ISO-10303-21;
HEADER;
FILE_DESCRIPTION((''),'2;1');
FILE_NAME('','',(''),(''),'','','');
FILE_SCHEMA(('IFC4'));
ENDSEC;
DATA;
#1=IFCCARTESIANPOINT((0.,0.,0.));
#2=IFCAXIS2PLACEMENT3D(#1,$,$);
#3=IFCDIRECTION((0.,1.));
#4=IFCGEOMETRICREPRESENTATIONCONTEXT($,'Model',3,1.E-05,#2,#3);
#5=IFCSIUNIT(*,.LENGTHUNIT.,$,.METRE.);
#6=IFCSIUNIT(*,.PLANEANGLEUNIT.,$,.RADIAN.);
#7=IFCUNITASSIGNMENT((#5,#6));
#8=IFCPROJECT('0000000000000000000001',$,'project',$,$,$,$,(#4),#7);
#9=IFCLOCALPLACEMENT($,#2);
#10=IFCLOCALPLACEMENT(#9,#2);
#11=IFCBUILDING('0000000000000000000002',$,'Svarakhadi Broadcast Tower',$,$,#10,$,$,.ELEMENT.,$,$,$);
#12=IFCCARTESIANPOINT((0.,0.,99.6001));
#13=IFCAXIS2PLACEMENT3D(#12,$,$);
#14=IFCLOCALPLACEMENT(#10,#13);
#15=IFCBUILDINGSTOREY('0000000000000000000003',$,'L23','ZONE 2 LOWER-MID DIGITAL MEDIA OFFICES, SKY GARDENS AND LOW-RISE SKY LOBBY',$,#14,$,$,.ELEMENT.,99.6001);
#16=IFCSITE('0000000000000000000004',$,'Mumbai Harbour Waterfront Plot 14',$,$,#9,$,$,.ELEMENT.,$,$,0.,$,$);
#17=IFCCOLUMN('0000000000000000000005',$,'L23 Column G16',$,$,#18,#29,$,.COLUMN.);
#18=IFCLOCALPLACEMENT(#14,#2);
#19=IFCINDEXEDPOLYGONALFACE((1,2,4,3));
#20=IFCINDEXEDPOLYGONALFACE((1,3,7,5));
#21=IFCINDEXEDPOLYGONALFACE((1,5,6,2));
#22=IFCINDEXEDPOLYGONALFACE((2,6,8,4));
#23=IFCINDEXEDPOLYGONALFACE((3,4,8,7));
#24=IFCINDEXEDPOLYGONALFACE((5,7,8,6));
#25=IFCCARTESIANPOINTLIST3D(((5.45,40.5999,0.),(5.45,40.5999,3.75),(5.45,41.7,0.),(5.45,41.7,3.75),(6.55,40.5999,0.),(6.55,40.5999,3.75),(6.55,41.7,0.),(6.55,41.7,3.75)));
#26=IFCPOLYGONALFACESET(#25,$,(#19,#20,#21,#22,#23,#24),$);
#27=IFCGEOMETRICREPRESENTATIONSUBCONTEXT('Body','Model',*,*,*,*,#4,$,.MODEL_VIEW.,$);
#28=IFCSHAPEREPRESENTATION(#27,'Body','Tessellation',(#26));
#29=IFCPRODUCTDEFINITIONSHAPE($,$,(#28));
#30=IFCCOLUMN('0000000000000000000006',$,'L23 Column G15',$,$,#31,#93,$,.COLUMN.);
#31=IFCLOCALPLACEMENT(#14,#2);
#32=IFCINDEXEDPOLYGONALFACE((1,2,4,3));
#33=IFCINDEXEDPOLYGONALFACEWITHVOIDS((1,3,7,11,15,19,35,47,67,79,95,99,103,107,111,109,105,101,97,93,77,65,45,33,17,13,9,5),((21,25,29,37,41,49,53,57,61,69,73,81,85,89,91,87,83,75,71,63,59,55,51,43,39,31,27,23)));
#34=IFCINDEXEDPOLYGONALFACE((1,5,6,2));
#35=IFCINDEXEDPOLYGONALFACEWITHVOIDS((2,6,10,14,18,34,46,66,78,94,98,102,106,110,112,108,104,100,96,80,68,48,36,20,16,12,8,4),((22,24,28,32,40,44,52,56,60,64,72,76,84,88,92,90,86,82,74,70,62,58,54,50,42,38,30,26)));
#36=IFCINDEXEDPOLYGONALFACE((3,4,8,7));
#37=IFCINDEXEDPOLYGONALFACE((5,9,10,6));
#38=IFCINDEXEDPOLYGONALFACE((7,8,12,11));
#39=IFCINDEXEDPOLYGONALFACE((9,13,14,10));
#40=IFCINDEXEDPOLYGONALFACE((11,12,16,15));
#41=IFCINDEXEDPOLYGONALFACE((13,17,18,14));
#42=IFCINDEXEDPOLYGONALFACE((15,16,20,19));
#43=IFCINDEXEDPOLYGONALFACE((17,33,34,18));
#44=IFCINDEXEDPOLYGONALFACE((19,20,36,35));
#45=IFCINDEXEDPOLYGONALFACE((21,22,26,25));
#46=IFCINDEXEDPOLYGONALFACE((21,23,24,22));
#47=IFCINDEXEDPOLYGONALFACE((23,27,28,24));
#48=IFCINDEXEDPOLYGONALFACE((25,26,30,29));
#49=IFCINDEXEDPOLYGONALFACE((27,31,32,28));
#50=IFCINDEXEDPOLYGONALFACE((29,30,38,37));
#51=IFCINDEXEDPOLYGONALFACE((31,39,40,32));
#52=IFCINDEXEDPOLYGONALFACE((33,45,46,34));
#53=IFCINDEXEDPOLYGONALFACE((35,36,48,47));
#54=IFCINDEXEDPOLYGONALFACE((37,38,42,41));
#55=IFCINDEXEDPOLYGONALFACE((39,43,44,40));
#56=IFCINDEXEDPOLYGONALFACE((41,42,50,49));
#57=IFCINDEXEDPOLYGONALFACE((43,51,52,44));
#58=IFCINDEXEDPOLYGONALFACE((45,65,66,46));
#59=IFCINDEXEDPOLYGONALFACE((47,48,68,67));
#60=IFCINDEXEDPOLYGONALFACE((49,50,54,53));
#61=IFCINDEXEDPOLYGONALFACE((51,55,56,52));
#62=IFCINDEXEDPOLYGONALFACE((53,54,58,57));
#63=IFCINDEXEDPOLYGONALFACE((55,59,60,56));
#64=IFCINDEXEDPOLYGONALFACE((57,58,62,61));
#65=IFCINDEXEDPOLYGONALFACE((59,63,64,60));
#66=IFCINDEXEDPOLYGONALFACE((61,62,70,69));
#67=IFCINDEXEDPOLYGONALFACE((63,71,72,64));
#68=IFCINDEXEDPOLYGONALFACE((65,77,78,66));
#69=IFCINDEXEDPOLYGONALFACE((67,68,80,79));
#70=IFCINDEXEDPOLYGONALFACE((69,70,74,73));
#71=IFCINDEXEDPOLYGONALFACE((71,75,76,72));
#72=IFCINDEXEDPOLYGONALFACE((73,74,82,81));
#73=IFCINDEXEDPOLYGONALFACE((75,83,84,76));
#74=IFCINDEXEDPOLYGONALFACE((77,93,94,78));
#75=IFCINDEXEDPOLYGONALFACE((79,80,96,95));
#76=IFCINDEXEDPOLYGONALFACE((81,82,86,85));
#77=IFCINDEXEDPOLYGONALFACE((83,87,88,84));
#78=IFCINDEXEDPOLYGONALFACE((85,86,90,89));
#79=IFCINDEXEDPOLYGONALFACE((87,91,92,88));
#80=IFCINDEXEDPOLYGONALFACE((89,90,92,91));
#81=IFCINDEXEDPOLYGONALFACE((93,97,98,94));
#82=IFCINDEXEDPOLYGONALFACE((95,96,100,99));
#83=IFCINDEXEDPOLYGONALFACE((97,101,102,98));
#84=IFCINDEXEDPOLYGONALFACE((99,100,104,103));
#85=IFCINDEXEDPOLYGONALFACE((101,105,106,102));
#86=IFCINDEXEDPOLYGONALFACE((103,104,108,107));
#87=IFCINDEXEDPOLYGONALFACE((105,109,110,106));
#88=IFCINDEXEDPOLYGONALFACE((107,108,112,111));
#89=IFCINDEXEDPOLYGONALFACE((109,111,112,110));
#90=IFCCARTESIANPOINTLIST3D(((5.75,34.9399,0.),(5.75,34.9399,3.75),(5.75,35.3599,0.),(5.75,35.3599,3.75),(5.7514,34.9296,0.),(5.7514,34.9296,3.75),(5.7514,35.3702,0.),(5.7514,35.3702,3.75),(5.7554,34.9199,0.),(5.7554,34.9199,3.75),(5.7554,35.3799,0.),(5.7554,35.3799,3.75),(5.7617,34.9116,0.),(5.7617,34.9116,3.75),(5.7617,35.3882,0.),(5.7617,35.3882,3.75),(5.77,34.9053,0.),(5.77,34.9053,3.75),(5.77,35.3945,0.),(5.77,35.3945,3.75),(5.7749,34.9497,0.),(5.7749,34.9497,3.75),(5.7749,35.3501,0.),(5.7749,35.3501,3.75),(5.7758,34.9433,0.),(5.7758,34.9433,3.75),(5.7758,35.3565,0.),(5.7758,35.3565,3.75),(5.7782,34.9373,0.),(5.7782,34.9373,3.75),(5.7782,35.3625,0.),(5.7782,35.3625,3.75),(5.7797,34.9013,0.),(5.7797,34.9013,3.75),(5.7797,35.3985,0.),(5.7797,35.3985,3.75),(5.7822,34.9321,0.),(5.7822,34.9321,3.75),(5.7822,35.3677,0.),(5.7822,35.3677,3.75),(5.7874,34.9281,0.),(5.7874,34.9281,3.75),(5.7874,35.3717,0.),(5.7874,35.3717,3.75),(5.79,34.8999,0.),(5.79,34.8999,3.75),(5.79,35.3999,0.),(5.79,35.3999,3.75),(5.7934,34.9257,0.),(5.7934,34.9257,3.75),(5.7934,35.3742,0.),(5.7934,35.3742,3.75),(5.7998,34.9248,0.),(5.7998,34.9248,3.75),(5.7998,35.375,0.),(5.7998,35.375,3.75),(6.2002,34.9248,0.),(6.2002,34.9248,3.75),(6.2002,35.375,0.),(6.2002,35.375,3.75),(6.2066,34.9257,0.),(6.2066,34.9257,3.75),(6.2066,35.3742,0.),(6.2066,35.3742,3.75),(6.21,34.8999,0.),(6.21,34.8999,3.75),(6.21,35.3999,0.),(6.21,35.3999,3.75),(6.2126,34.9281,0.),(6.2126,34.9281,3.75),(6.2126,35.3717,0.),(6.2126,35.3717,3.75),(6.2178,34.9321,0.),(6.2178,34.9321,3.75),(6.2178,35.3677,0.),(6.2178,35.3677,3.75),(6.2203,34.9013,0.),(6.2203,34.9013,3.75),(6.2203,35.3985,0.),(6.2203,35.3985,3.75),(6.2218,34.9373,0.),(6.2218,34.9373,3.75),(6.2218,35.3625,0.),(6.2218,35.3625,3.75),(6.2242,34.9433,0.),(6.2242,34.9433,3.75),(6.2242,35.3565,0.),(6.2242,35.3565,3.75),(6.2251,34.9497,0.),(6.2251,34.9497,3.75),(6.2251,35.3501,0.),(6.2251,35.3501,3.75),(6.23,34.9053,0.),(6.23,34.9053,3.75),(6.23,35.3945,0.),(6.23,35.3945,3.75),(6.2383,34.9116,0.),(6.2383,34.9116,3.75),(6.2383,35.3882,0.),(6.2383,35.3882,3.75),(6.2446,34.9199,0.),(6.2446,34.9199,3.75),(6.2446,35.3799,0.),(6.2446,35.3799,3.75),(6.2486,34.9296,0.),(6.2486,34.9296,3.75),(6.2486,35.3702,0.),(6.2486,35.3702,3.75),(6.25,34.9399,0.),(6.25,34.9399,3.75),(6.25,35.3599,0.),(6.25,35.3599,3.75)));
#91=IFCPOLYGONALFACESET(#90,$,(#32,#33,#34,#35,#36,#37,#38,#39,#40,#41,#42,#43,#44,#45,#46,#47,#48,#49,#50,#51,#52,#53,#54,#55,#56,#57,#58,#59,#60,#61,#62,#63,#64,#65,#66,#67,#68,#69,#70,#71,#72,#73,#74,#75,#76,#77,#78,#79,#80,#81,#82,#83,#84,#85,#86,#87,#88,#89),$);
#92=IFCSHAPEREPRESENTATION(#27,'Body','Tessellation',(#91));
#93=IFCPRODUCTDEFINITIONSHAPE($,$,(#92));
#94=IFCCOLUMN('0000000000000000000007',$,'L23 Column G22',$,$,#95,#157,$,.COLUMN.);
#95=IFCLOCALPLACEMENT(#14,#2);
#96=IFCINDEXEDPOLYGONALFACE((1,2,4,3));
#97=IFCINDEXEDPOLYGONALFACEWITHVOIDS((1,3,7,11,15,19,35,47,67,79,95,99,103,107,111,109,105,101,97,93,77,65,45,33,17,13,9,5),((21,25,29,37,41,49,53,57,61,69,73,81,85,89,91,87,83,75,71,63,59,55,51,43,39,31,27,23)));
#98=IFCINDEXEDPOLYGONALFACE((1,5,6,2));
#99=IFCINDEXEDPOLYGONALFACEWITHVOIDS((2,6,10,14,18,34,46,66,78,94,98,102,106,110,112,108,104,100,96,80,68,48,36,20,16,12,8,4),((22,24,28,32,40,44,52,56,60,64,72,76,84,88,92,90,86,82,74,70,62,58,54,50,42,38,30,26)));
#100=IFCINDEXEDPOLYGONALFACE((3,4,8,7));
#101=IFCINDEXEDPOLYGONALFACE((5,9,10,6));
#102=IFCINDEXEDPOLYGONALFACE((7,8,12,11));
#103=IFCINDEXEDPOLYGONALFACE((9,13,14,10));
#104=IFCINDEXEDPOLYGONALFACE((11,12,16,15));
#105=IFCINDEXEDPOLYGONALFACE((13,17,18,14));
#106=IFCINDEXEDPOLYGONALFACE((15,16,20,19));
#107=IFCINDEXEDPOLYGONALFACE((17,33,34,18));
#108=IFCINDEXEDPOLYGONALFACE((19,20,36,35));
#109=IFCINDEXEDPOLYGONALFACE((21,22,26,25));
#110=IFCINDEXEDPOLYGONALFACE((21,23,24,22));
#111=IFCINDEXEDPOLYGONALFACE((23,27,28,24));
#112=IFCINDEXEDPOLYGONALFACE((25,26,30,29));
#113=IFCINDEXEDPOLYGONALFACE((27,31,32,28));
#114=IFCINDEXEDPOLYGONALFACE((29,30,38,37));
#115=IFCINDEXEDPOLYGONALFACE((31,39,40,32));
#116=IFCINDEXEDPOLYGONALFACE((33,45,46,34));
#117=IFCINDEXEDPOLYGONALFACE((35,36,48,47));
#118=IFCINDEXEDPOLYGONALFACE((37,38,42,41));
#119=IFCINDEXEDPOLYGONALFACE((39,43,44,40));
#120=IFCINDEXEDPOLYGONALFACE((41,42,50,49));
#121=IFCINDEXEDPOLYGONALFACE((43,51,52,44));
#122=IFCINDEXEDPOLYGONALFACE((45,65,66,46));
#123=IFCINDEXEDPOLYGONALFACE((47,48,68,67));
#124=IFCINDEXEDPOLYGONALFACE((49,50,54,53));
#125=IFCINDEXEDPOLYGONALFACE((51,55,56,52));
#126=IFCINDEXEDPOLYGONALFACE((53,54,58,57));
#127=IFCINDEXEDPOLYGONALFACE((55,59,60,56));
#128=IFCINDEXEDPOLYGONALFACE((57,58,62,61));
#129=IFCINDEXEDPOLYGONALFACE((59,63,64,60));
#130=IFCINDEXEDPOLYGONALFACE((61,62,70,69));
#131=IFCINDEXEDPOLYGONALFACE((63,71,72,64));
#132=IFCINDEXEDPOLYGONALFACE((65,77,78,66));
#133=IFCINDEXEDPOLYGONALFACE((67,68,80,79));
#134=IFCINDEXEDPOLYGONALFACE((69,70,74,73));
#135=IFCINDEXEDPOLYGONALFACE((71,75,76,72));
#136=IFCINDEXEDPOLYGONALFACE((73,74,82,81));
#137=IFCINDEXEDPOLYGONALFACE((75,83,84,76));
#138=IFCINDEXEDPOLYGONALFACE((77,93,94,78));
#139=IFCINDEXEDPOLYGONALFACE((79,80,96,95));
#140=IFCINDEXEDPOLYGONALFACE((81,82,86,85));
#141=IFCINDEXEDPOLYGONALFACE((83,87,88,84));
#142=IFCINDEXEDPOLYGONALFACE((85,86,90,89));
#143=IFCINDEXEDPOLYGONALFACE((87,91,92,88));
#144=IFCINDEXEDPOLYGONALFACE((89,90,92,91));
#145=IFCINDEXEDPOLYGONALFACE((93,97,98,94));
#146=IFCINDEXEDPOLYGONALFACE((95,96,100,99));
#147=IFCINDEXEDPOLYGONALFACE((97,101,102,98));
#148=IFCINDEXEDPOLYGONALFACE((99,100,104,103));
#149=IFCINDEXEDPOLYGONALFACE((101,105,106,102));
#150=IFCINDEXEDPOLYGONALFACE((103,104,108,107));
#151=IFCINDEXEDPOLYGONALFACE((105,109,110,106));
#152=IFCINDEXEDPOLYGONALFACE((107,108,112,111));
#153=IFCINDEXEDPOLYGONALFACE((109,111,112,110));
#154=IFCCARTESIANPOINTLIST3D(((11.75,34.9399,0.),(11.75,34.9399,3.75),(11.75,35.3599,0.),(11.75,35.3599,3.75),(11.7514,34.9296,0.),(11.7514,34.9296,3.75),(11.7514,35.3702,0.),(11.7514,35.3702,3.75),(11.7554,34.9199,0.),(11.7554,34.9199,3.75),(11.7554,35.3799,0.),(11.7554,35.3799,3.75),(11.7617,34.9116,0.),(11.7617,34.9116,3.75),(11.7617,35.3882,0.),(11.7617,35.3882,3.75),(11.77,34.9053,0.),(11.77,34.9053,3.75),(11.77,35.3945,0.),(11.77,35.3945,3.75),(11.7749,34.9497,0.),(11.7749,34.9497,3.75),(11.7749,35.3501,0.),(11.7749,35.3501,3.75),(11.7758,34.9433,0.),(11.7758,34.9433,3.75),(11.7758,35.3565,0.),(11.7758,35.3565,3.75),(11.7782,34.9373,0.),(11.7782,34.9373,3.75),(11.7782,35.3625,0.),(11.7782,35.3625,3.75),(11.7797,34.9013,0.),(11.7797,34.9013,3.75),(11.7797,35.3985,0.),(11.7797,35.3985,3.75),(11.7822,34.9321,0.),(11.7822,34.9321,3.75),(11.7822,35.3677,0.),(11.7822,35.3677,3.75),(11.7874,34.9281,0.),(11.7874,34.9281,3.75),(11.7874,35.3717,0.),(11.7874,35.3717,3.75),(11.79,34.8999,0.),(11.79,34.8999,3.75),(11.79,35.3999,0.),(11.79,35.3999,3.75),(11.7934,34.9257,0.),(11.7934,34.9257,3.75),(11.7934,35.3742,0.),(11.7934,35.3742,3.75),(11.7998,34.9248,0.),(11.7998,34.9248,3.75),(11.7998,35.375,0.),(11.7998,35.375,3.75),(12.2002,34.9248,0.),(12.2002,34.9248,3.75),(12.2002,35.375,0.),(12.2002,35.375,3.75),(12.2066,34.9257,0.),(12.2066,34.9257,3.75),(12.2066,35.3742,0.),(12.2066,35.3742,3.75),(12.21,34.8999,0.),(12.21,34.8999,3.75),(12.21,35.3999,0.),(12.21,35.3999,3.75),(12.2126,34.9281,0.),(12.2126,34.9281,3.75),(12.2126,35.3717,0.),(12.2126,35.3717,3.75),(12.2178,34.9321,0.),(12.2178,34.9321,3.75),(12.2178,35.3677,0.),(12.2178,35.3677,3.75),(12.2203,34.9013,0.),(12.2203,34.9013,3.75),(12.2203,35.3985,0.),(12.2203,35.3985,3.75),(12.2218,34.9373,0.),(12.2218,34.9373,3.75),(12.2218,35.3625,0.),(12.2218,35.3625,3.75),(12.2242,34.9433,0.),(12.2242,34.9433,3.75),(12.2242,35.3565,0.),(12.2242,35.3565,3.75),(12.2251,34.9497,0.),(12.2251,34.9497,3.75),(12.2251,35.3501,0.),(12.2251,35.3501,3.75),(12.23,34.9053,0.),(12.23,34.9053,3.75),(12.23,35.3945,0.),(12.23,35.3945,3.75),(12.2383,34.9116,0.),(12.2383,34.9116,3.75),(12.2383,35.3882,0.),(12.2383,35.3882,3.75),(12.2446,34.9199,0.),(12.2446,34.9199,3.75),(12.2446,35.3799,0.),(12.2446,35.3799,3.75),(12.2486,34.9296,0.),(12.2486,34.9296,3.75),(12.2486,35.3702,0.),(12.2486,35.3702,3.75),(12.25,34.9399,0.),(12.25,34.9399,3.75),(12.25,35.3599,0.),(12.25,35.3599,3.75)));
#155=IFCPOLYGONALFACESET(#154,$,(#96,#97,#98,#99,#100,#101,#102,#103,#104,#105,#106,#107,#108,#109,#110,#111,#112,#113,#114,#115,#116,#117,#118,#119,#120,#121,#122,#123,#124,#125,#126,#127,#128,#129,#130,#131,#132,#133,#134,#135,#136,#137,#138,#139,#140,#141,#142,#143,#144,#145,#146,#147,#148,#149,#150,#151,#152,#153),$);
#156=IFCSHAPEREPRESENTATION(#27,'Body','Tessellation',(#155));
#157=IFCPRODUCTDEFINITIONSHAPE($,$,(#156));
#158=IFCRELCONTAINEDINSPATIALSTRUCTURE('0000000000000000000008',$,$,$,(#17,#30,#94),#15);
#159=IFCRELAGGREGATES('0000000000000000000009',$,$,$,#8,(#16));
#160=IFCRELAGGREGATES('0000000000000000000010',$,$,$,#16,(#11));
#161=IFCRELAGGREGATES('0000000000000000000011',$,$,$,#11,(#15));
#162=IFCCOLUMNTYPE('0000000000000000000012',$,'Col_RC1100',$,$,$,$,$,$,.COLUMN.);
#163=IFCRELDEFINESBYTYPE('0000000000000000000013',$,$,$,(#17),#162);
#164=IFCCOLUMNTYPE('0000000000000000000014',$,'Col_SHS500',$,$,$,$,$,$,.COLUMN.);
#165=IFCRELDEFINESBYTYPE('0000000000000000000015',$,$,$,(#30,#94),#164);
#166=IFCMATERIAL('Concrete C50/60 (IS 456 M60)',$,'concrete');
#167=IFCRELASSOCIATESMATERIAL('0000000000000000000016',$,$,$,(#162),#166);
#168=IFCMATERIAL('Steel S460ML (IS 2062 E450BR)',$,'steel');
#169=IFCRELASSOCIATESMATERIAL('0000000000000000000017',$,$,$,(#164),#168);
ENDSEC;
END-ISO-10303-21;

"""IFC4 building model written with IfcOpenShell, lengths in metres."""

from ifc_helpers import new_model, si_unit, direction, frame, origin, origin_2d, place, context, subcontext, project, spatial, rectangle, hollow_rectangle, extrude, material, material_profile, profile_set, type_object, element, save


model = new_model("IFC4")

# Units and contexts
model_context = context("Model", 3, precision=1e-05, world=origin(), true_north=direction((0.0, 1.0)))
body_context = subcontext(model_context, "Body", "Model", "MODEL_VIEW")
ifc_project = project(units=[si_unit("LENGTHUNIT", "METRE"), si_unit("PLANEANGLEUNIT", "RADIAN")], contexts=[model_context])

# Site, building, storey
site_placement = place(None, origin())
site = spatial("IfcSite", under=ifc_project, at=site_placement, Name="Mumbai Harbour Waterfront Plot 14", CompositionType="ELEMENT", RefElevation=0.0)
building_placement = place(site_placement, origin())
building = spatial("IfcBuilding", under=site, at=building_placement, Name="Svarakhadi Broadcast Tower", CompositionType="ELEMENT")
storey_placement = place(building_placement, frame((0.0, 0.0, 99.6001)))
storey = spatial("IfcBuildingStorey", under=building, at=storey_placement, Name="L23", Description="ZONE 2 LOWER-MID DIGITAL MEDIA OFFICES, SKY GARDENS AND LOW-RISE SKY LOBBY", CompositionType="ELEMENT", Elevation=99.6001)

# Columns
ifc_material_1 = material(Name="Concrete C50/60 (IS 456 M60)", Category="concrete")
ifc_material_profile_1 = material_profile(ifc_material_1, rectangle(XDim=1.1001, YDim=1.1001, at=origin_2d()), Name="RC 1100x1100")
ifc_profile_set_1 = profile_set([ifc_material_profile_1], Name="Concrete C50/60 (IS 456 M60)")
column_type_1 = type_object("IfcColumnType", Name="Col_RC1100", PredefinedType="COLUMN", material=ifc_profile_set_1)
column_placement = place(storey_placement, frame((6.0, 41.1499, 0.0), z_axis=(0.0, 0.0, 1.0), x_axis=(1.0, 0.0, 0.0)))
element("IfcColumn", 1, at=column_placement, inside=storey, type_object=column_type_1, Name="L23 Column G16", PredefinedType="COLUMN", context=body_context, shape_type="SweptSolid", body=[
    extrude(rectangle(XDim=1.1001, YDim=1.1001, at=origin_2d()), origin(), (0.0, 0.0, 1.0), 3.75),
])
ifc_material_2 = material(Name="Steel S460ML (IS 2062 E450BR)", Category="steel")
ifc_material_profile_2 = material_profile(ifc_material_2, hollow_rectangle(XDim=0.5, YDim=0.5, WallThickness=0.0249, InnerFilletRadius=0.0249, OuterFilletRadius=0.04, at=origin_2d()), Name="SHS 500x500x25")
ifc_profile_set_2 = profile_set([ifc_material_profile_2], Name="Steel S460ML (IS 2062 E450BR)")
column_type_2 = type_object("IfcColumnType", Name="Col_SHS500", PredefinedType="COLUMN", material=ifc_profile_set_2)
for number, where, z_axis, x_axis, name in (
    (2, (6.0, 35.1499, 0.0), (0.0, 0.0, 1.0), (1.0, 0.0, 0.0), "L23 Column G15"),
    (3, (12.0, 35.1499, 0.0), (0.0, 0.0, 1.0), (1.0, 0.0, 0.0), "L23 Column G22"),
):
    element("IfcColumn", number, at=place(storey_placement, frame(where, z_axis=z_axis, x_axis=x_axis)), inside=storey, type_object=column_type_2, Name=name, PredefinedType="COLUMN", context=body_context, shape_type="SweptSolid", body=[
        extrude(hollow_rectangle(XDim=0.5, YDim=0.5, WallThickness=0.0249, InnerFilletRadius=0.0249, OuterFilletRadius=0.04, at=origin_2d()), origin(), (0.0, 0.0, 1.0), 3.75),
    ])

save(model, "model.ifc")
